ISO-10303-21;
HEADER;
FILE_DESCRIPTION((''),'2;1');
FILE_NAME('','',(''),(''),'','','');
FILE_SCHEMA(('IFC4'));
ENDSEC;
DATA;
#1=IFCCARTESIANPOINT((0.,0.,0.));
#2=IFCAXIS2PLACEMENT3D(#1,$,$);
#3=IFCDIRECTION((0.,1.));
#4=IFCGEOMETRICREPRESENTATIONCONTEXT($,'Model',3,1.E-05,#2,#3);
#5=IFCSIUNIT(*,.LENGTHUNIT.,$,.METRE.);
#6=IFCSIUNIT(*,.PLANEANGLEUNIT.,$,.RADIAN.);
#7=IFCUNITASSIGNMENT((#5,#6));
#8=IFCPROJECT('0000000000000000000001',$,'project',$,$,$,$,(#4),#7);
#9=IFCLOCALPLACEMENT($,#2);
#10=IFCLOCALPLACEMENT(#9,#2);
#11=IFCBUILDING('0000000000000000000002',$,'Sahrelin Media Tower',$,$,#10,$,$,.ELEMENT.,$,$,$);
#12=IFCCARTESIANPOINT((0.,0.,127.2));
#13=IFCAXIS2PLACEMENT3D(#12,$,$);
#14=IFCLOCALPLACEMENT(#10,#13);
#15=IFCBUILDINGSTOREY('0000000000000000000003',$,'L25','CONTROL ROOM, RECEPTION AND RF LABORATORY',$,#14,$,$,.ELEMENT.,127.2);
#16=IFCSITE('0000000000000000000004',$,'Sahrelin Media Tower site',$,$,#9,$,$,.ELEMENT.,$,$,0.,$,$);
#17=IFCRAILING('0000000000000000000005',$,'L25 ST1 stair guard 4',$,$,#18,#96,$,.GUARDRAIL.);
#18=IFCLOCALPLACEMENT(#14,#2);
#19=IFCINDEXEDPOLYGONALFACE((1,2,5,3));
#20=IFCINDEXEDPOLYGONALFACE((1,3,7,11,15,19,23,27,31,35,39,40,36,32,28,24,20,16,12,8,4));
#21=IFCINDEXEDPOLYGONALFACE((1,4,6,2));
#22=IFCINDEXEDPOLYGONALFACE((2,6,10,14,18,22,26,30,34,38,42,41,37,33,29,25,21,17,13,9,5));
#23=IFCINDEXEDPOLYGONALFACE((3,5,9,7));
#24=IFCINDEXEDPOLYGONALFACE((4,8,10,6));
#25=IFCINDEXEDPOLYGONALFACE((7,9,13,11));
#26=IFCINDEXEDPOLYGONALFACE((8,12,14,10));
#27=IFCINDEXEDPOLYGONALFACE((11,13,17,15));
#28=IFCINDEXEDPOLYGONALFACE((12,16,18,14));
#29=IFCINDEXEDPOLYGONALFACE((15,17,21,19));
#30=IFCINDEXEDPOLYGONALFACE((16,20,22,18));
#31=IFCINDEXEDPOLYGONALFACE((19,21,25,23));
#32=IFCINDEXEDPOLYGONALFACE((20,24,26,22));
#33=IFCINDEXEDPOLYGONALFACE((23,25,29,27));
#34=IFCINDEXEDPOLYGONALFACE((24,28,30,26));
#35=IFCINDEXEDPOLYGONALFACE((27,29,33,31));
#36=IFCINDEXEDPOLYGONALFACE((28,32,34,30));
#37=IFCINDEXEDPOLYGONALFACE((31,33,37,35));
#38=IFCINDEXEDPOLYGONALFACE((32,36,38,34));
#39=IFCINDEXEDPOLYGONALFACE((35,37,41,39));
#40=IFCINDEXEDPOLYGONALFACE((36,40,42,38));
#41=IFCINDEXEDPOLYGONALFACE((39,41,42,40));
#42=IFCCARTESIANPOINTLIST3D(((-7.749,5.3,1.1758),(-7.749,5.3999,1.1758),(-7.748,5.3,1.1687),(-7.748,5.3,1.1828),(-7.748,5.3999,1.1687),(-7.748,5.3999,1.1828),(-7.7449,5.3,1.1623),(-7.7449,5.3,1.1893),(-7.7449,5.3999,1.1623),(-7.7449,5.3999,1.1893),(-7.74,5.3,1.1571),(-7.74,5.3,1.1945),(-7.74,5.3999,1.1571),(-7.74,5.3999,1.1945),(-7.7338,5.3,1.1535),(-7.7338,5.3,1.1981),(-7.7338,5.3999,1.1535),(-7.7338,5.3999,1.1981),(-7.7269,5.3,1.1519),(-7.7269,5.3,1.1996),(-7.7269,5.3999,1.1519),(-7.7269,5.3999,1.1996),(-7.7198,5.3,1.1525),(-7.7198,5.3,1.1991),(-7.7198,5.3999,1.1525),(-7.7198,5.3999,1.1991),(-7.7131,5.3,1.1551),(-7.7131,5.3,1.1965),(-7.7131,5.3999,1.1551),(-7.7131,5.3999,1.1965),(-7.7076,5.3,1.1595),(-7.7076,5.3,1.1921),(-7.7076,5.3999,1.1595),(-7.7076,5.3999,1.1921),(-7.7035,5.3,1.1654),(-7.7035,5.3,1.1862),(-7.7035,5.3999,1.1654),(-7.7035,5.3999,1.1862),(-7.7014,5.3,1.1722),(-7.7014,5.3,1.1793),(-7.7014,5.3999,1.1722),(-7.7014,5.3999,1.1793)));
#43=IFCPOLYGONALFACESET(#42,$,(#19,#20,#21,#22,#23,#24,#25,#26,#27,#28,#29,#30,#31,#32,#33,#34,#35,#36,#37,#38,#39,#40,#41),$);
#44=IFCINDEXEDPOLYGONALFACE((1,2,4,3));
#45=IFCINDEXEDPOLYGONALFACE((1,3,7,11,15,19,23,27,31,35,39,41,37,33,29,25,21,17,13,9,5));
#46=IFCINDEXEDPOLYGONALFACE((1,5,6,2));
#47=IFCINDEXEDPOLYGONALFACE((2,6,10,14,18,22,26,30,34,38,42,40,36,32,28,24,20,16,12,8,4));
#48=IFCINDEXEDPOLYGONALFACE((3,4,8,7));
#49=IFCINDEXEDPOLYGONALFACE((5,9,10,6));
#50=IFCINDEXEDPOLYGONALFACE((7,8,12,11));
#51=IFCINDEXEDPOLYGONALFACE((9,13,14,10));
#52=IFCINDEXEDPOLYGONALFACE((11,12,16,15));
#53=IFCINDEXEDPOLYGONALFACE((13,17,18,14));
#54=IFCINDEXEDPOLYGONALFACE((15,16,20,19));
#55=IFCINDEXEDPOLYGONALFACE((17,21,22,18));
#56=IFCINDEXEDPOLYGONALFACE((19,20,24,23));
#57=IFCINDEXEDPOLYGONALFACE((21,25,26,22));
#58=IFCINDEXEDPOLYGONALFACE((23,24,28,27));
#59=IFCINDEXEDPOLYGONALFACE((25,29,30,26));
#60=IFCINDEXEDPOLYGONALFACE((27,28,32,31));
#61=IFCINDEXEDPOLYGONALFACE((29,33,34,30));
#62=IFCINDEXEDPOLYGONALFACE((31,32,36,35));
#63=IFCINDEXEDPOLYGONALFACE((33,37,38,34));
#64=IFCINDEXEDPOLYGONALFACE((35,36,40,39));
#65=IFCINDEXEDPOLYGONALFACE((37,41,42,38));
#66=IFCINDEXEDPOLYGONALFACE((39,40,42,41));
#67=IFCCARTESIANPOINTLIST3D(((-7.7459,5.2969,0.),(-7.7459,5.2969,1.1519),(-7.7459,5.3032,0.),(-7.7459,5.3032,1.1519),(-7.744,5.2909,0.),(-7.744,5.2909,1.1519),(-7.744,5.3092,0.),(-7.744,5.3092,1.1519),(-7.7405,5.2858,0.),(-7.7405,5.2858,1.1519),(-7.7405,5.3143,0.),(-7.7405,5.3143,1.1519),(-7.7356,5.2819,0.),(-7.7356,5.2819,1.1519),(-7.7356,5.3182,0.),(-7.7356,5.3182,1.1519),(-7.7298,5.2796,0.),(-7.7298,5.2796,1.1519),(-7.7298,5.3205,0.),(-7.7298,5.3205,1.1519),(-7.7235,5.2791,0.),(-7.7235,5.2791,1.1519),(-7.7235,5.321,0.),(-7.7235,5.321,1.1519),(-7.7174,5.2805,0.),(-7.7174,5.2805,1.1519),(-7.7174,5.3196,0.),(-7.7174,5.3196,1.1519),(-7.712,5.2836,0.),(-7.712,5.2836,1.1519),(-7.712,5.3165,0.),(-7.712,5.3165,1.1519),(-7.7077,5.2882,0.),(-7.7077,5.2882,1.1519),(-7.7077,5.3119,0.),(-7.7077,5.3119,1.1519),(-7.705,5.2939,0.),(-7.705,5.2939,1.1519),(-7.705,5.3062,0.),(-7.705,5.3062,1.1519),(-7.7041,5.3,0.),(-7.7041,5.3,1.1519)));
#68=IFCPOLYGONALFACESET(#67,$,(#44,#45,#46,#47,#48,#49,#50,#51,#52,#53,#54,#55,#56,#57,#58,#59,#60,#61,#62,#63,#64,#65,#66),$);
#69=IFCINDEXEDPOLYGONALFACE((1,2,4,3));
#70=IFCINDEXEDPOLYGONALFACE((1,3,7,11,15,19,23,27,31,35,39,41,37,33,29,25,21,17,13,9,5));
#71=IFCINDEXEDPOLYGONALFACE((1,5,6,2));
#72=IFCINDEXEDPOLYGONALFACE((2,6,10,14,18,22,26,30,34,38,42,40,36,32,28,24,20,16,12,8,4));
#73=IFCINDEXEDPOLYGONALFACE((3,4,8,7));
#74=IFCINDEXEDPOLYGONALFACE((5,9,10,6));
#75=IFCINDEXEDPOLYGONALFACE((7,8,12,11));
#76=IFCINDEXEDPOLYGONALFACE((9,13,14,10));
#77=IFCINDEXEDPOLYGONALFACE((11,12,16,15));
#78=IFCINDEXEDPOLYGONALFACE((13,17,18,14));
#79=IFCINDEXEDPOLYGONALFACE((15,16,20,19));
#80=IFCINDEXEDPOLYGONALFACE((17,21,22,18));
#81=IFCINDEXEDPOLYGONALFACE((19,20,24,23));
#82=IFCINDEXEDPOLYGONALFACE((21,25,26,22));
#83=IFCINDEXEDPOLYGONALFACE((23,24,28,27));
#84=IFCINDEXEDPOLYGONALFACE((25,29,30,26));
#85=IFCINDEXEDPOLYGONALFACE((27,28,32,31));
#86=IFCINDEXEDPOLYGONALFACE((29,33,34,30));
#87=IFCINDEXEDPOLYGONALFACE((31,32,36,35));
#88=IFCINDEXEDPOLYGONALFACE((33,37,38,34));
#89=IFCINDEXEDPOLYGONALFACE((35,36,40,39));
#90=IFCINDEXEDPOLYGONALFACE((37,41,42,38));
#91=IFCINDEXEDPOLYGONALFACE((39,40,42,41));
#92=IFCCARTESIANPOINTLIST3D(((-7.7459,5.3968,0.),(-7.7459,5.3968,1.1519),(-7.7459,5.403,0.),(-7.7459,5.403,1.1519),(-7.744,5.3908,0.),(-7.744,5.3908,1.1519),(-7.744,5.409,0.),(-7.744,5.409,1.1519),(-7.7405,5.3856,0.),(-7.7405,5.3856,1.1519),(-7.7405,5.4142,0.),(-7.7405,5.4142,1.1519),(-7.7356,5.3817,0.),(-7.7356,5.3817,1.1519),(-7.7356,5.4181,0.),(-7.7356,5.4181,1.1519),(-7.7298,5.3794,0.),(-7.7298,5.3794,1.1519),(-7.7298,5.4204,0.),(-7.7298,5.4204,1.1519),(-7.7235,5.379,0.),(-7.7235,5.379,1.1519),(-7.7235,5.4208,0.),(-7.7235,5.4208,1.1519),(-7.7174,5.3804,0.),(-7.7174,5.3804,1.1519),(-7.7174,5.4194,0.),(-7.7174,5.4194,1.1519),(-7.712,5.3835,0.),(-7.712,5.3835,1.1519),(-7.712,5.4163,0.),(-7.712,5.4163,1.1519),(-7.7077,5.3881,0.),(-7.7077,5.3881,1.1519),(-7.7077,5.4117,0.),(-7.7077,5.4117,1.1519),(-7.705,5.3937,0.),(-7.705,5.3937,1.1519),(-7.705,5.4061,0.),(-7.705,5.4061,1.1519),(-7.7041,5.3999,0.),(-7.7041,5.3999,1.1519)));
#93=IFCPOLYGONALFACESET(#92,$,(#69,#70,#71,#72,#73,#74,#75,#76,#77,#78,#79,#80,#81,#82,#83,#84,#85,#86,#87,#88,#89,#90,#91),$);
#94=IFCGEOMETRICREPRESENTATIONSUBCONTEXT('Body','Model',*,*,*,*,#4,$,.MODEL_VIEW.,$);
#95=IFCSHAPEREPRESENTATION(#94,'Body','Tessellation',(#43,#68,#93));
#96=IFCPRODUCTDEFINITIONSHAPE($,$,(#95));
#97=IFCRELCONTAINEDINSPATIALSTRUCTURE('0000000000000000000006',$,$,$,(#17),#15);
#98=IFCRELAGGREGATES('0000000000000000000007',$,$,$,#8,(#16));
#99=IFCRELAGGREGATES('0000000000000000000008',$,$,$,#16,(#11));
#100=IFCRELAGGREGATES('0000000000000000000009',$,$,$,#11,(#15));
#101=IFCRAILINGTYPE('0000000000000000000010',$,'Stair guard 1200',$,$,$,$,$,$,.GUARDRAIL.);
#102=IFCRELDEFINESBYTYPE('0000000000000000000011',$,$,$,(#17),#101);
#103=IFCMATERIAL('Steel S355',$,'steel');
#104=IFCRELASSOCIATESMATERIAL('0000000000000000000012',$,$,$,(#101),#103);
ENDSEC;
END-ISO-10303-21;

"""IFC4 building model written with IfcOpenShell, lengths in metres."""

from ifc_helpers import new_model, si_unit, direction, frame, origin, origin_2d, place, context, subcontext, project, spatial, circle, extrude, material, type_object, element, save


model = new_model("IFC4")

# Units and contexts
model_context = context("Model", 3, precision=1e-05, world=origin(), true_north=direction((0.0, 1.0)))
body_context = subcontext(model_context, "Body", "Model", "MODEL_VIEW")
ifc_project = project(units=[si_unit("LENGTHUNIT", "METRE"), si_unit("PLANEANGLEUNIT", "RADIAN")], contexts=[model_context])

# Site, building, storey
site_placement = place(None, origin())
site = spatial("IfcSite", under=ifc_project, at=site_placement, Name="Sahrelin Media Tower site", CompositionType="ELEMENT", RefElevation=0.0)
building_placement = place(site_placement, origin())
building = spatial("IfcBuilding", under=site, at=building_placement, Name="Sahrelin Media Tower", CompositionType="ELEMENT")
storey_placement = place(building_placement, frame((0.0, 0.0, 127.2)))
storey = spatial("IfcBuildingStorey", under=building, at=storey_placement, Name="L25", Description="CONTROL ROOM, RECEPTION AND RF LABORATORY", CompositionType="ELEMENT", Elevation=127.2)

# Shared definitions
ifc_material_1 = material(Name="Steel S355", Category="steel")

# Railing
railing_type_1 = type_object("IfcRailingType", Name="Stair guard 1200", PredefinedType="GUARDRAIL", material=ifc_material_1)
railing_1_placement = place(storey_placement, frame((-7.7251, 5.3, 0.0)))
element("IfcRailing", 1, at=railing_1_placement, inside=storey, type_object=railing_type_1, Name="L25 ST1 stair guard 4", PredefinedType="GUARDRAIL", context=body_context, shape_type="SweptSolid", body=[
    extrude(circle(Radius=0.0239, at=origin_2d()), frame((0.0, 0.0, 1.1758), z_axis=(0.0, 1.0, 0.0), x_axis=(-1.0, 0.0, 0.0)), (0.0, 0.0, 1.0), 0.0999),
    extrude(circle(Radius=0.021, at=origin_2d()), origin(), (0.0, 0.0, 1.0), 1.1519),
    extrude(circle(Radius=0.021, at=origin_2d()), frame((0.0, 0.0999, 0.0)), (0.0, 0.0, 1.0), 1.1519),
])

save(model, "model.ifc")
